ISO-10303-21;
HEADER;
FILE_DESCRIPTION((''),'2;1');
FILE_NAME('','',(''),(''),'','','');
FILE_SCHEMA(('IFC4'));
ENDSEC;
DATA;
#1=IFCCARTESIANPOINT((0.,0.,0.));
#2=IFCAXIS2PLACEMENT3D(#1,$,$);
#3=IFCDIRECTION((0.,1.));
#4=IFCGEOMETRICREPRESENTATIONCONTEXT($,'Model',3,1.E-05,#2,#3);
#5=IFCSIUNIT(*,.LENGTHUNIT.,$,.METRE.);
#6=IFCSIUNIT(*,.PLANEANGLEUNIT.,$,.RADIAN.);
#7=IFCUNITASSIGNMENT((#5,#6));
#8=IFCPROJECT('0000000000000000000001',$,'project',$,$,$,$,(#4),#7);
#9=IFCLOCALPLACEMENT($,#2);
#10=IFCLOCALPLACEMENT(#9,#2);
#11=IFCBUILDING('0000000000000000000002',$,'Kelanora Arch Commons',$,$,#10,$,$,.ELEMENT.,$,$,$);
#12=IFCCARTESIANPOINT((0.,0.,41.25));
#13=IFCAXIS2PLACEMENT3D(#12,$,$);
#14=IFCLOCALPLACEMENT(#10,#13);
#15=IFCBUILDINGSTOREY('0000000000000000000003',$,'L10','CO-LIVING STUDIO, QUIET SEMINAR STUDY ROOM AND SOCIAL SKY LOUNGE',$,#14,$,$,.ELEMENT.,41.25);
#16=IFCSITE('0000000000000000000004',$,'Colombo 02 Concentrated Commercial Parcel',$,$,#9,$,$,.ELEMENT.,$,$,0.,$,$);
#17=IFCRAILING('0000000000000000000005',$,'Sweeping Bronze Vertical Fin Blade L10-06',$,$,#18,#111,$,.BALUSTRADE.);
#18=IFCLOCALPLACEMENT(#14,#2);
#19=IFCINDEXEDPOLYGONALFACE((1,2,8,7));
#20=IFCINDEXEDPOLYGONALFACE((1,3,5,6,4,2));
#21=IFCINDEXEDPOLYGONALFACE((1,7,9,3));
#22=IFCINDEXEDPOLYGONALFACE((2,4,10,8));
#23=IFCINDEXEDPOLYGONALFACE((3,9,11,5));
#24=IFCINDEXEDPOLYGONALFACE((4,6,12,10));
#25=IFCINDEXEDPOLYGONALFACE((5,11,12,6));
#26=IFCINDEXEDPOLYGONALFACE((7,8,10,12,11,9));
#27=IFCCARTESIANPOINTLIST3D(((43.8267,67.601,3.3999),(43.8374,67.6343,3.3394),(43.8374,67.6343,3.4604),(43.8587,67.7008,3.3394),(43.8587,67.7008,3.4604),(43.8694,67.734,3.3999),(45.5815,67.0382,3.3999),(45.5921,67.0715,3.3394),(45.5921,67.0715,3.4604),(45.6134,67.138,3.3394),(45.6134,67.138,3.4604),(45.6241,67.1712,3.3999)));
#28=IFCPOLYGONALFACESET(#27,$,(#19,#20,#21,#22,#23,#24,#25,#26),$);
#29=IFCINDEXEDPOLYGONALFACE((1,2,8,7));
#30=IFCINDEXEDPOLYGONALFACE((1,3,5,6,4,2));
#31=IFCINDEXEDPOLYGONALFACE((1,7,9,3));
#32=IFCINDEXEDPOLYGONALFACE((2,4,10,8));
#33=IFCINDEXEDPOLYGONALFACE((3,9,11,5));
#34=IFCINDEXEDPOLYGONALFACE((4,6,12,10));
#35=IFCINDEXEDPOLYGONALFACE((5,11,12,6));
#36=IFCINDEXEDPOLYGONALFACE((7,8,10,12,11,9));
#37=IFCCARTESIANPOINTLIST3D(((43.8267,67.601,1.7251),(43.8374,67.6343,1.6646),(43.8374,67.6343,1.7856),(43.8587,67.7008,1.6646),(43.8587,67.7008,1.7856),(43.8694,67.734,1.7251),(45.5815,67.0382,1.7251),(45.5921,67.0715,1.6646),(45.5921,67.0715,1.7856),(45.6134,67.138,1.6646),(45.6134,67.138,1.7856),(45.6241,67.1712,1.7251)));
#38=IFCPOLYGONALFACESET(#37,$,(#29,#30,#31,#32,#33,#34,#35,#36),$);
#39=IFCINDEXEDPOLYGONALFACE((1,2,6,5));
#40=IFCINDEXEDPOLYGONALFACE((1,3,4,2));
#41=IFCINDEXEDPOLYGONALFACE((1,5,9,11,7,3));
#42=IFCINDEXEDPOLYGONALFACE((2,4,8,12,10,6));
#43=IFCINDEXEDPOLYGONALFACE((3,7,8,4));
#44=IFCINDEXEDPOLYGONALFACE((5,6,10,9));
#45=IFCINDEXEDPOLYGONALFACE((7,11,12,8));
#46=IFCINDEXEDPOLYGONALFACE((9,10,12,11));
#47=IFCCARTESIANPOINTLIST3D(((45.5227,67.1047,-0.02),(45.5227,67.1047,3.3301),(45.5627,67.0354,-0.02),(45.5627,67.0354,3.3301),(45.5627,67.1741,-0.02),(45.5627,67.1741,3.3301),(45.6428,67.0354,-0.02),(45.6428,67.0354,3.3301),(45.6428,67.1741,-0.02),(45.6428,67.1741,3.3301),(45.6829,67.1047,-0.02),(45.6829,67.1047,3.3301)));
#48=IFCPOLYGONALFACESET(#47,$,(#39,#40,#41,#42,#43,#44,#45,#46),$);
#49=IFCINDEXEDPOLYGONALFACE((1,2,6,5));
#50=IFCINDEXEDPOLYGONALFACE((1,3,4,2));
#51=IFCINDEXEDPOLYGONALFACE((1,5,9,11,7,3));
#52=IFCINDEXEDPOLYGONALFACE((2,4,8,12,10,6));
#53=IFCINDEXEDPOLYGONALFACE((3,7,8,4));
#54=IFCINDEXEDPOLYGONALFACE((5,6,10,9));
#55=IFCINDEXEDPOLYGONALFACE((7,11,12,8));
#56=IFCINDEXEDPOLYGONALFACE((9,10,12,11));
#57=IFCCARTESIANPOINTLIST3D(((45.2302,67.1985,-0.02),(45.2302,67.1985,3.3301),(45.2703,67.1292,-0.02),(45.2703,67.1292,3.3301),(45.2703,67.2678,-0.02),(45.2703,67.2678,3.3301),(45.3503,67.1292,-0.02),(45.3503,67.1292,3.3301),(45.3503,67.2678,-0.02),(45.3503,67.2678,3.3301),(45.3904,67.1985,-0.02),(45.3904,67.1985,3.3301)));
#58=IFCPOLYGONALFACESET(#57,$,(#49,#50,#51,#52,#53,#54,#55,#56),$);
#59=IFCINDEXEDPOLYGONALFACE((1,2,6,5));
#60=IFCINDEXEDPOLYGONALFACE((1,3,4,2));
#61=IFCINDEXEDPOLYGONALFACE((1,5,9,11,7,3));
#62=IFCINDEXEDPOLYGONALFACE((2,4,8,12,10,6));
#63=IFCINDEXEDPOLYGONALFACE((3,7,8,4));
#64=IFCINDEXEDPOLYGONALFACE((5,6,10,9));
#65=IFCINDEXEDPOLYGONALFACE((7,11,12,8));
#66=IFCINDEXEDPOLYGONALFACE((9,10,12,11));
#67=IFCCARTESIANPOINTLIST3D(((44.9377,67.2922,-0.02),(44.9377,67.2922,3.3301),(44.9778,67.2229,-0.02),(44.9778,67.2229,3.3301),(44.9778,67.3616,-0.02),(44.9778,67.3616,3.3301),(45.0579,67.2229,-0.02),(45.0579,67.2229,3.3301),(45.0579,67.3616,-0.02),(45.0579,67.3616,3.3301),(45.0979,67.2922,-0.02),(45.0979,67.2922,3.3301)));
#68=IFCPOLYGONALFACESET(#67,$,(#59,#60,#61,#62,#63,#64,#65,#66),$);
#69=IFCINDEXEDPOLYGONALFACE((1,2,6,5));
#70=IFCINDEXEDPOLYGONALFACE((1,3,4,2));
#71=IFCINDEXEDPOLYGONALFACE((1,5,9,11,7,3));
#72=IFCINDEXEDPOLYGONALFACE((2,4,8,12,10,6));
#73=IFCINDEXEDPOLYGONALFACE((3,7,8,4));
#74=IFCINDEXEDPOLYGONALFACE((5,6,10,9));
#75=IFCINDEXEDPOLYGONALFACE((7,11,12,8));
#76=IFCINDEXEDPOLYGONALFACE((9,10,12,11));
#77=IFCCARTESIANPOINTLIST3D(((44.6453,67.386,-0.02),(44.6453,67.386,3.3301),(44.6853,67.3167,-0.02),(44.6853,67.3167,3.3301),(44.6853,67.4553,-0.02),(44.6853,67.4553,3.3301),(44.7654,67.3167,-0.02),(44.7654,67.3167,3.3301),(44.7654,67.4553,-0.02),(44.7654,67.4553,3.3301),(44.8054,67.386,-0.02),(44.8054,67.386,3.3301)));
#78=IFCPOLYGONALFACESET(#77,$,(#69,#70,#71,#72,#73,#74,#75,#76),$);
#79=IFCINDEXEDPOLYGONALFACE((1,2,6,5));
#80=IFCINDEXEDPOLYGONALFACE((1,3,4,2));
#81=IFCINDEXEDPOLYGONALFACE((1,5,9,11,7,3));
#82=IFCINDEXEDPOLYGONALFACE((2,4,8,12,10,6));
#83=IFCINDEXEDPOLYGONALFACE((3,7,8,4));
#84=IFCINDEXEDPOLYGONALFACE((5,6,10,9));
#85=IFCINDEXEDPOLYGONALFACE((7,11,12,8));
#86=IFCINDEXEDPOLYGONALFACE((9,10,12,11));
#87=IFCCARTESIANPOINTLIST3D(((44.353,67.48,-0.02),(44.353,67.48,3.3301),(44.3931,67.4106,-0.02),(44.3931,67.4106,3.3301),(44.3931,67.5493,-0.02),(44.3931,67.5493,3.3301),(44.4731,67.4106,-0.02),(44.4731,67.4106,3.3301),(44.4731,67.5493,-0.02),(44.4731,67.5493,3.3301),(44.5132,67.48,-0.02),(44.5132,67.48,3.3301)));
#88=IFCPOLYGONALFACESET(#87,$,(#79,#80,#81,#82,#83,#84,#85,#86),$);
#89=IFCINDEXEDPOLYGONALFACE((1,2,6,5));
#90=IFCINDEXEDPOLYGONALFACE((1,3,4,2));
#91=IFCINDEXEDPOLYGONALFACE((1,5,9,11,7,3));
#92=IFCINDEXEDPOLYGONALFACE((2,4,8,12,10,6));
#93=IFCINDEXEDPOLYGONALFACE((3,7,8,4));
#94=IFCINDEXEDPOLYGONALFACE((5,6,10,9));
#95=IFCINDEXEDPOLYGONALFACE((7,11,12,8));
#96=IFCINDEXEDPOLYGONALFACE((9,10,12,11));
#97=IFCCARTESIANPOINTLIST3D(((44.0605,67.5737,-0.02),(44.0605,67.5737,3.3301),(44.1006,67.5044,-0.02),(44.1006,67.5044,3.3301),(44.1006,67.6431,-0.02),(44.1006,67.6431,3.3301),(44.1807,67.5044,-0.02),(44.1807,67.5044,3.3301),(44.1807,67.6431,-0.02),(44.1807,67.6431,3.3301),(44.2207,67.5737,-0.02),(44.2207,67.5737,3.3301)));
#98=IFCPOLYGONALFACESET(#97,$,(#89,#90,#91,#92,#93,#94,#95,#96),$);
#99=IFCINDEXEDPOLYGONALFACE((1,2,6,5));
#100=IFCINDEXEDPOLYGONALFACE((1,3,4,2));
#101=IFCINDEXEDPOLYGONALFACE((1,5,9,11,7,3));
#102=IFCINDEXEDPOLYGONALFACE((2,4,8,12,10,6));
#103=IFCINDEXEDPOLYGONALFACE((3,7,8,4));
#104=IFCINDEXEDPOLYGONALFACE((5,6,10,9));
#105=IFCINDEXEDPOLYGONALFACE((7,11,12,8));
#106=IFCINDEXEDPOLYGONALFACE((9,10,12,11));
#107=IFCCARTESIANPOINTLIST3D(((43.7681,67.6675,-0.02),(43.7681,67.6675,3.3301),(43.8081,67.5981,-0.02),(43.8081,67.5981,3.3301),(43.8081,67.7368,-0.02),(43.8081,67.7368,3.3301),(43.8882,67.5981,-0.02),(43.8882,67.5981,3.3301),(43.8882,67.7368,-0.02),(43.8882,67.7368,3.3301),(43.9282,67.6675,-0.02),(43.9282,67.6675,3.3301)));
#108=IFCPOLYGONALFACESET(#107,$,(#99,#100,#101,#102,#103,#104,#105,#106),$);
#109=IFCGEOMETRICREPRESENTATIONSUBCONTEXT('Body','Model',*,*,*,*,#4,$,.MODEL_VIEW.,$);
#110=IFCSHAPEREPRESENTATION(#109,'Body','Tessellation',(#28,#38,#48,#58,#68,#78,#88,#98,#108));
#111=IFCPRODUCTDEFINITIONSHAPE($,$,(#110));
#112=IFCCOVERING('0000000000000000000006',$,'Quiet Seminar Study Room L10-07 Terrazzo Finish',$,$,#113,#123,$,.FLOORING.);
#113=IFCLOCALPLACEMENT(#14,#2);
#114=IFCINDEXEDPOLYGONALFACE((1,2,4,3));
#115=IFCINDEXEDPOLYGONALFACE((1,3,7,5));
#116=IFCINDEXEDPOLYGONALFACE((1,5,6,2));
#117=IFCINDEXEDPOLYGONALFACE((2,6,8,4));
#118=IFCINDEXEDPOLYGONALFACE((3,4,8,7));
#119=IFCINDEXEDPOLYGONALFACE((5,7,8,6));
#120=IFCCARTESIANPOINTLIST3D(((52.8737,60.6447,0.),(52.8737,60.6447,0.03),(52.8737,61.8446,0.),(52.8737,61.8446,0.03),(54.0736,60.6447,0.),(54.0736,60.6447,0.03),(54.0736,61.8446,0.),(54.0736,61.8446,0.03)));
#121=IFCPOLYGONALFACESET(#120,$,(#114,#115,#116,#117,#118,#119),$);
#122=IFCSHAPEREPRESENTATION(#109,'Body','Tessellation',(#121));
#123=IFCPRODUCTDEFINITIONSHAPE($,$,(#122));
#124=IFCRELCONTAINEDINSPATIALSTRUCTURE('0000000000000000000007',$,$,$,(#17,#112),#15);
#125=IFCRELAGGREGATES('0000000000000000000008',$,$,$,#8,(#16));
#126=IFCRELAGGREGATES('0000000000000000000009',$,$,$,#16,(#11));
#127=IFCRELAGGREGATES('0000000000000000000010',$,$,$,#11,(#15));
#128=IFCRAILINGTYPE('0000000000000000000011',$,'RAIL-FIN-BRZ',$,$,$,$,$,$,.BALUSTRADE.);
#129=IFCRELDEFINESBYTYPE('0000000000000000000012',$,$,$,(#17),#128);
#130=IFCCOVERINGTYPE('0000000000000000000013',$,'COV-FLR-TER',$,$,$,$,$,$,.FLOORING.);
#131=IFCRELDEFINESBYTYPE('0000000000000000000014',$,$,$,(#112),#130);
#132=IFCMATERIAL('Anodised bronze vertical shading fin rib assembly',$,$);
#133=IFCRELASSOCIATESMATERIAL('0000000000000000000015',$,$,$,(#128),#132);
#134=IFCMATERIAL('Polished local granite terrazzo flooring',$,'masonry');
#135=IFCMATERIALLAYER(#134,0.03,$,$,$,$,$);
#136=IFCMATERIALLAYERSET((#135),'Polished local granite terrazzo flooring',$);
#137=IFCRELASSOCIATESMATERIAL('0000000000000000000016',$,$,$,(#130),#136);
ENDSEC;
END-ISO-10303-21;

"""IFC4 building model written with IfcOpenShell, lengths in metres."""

from ifc_helpers import new_model, si_unit, direction, frame, origin, origin_2d, place, context, subcontext, project, spatial, polyline, rectangle, outline, extrude, source, transform, mapped, material, layer, layer_set, type_object, element, save


model = new_model("IFC4")

# Units and contexts
model_context = context("Model", 3, precision=1e-05, world=origin(), true_north=direction((0.0, 1.0)))
body_context = subcontext(model_context, "Body", "Model", "MODEL_VIEW")
ifc_project = project(units=[si_unit("LENGTHUNIT", "METRE"), si_unit("PLANEANGLEUNIT", "RADIAN")], contexts=[model_context])

# Site, building, storey
site_placement = place(None, origin())
site = spatial("IfcSite", under=ifc_project, at=site_placement, Name="Colombo 02 Concentrated Commercial Parcel", CompositionType="ELEMENT", RefElevation=0.0)
building_placement = place(site_placement, origin())
building = spatial("IfcBuilding", under=site, at=building_placement, Name="Kelanora Arch Commons", CompositionType="ELEMENT")
storey_placement = place(building_placement, frame((0.0, 0.0, 41.25)))
storey = spatial("IfcBuildingStorey", under=building, at=storey_placement, Name="L10", Description="CO-LIVING STUDIO, QUIET SEMINAR STUDY ROOM AND SOCIAL SKY LOUNGE", CompositionType="ELEMENT", Elevation=41.25)

# Railing
ifc_material_1 = material(Name="Anodised bronze vertical shading fin rib assembly")
railing_type = type_object("IfcRailingType", Name="RAIL-FIN-BRZ", PredefinedType="BALUSTRADE", material=ifc_material_1)
railing_placement = place(storey_placement, frame((45.6028, 67.1047, -0.02)))
element("IfcRailing", 1, at=railing_placement, inside=storey, type_object=railing_type, Name="Sweeping Bronze Vertical Fin Blade L10-06", PredefinedType="BALUSTRADE", context=body_context, shape_type="SweptSolid", body=[
    extrude(outline(polyline([(0.0698, 0.0), (0.0349, 0.0605), (-0.0349, 0.0605), (-0.0698, 0.0), (-0.0349, -0.0605), (0.0349, -0.0605), (0.0698, 0.0)])), frame((0.0, 0.0, 3.4199), z_axis=(-0.952225, 0.305396, 0.0), x_axis=(-0.305396, -0.952225, 0.0)), (0.0, 0.0, 1.0), 1.8428),
    extrude(outline(polyline([(0.0698, 0.0), (0.0349, 0.0605), (-0.0349, 0.0605), (-0.0698, 0.0), (-0.0349, -0.0605), (0.0349, -0.0605), (0.0698, 0.0)])), frame((0.0, 0.0, 1.7451), z_axis=(-0.952225, 0.305396, 0.0), x_axis=(-0.305396, -0.952225, 0.0)), (0.0, 0.0, 1.0), 1.8428),
    extrude(outline(polyline([(0.0801, 0.0), (0.04, 0.0693), (-0.04, 0.0693), (-0.0801, 0.0), (-0.04, -0.0693), (0.04, -0.0693), (0.0801, 0.0)])), origin(), (0.0, 0.0, 1.0), 3.3501),
    extrude(outline(polyline([(0.0801, 0.0), (0.04, 0.0693), (-0.04, 0.0693), (-0.0801, 0.0), (-0.04, -0.0693), (0.04, -0.0693), (0.0801, 0.0)])), frame((-0.2925, 0.0938, 0.0)), (0.0, 0.0, 1.0), 3.3501),
    extrude(outline(polyline([(0.0801, 0.0), (0.04, 0.0693), (-0.04, 0.0693), (-0.0801, 0.0), (-0.04, -0.0693), (0.04, -0.0693), (0.0801, 0.0)])), frame((-0.585, 0.1875, 0.0)), (0.0, 0.0, 1.0), 3.3501),
    extrude(outline(polyline([(0.0801, 0.0), (0.04, 0.0693), (-0.04, 0.0693), (-0.0801, 0.0), (-0.04, -0.0693), (0.04, -0.0693), (0.0801, 0.0)])), frame((-0.8774, 0.2812, 0.0)), (0.0, 0.0, 1.0), 3.3501),
    extrude(outline(polyline([(0.0801, 0.0), (0.04, 0.0693), (-0.04, 0.0693), (-0.0801, 0.0), (-0.04, -0.0693), (0.04, -0.0693), (0.0801, 0.0)])), frame((-1.1697, 0.3752, 0.0)), (0.0, 0.0, 1.0), 3.3501),
    extrude(outline(polyline([(0.0801, 0.0), (0.04, 0.0693), (-0.04, 0.0693), (-0.0801, 0.0), (-0.04, -0.0693), (0.04, -0.0693), (0.0801, 0.0)])), frame((-1.4622, 0.469, 0.0)), (0.0, 0.0, 1.0), 3.3501),
    extrude(outline(polyline([(0.0801, 0.0), (0.04, 0.0693), (-0.04, 0.0693), (-0.0801, 0.0), (-0.04, -0.0693), (0.04, -0.0693), (0.0801, 0.0)])), frame((-1.7546, 0.5627, 0.0)), (0.0, 0.0, 1.0), 3.3501),
])

# Covering
ifc_material_2 = material(Name="Polished local granite terrazzo flooring", Category="masonry")
ifc_layer_1 = layer(ifc_material_2, 0.03)
ifc_layer_set_1 = layer_set([ifc_layer_1], Name="Polished local granite terrazzo flooring")
covering_type = type_object("IfcCoveringType", Name="COV-FLR-TER", PredefinedType="FLOORING", material=ifc_layer_set_1)
shared_shape_1 = source(origin(), body_context, "Body", "SweptSolid", [
    extrude(rectangle(XDim=1.2, YDim=1.2, at=origin_2d()), origin(), (0.0, 0.0, 1.0), 0.03),
])
covering_placement = place(storey_placement, frame((53.4736, 61.2446, 0.0), z_axis=(0.0, 0.0, 1.0), x_axis=(1.0, 0.0, 0.0)))
element("IfcCovering", 2, at=covering_placement, inside=storey, type_object=covering_type, Name="Quiet Seminar Study Room L10-07 Terrazzo Finish", PredefinedType="FLOORING", context=body_context, shape_type="MappedRepresentation", body=[
    mapped(shared_shape_1, transform((0.0, 0.0, 0.0), scale=1.0)),
])

save(model, "model.ifc")
